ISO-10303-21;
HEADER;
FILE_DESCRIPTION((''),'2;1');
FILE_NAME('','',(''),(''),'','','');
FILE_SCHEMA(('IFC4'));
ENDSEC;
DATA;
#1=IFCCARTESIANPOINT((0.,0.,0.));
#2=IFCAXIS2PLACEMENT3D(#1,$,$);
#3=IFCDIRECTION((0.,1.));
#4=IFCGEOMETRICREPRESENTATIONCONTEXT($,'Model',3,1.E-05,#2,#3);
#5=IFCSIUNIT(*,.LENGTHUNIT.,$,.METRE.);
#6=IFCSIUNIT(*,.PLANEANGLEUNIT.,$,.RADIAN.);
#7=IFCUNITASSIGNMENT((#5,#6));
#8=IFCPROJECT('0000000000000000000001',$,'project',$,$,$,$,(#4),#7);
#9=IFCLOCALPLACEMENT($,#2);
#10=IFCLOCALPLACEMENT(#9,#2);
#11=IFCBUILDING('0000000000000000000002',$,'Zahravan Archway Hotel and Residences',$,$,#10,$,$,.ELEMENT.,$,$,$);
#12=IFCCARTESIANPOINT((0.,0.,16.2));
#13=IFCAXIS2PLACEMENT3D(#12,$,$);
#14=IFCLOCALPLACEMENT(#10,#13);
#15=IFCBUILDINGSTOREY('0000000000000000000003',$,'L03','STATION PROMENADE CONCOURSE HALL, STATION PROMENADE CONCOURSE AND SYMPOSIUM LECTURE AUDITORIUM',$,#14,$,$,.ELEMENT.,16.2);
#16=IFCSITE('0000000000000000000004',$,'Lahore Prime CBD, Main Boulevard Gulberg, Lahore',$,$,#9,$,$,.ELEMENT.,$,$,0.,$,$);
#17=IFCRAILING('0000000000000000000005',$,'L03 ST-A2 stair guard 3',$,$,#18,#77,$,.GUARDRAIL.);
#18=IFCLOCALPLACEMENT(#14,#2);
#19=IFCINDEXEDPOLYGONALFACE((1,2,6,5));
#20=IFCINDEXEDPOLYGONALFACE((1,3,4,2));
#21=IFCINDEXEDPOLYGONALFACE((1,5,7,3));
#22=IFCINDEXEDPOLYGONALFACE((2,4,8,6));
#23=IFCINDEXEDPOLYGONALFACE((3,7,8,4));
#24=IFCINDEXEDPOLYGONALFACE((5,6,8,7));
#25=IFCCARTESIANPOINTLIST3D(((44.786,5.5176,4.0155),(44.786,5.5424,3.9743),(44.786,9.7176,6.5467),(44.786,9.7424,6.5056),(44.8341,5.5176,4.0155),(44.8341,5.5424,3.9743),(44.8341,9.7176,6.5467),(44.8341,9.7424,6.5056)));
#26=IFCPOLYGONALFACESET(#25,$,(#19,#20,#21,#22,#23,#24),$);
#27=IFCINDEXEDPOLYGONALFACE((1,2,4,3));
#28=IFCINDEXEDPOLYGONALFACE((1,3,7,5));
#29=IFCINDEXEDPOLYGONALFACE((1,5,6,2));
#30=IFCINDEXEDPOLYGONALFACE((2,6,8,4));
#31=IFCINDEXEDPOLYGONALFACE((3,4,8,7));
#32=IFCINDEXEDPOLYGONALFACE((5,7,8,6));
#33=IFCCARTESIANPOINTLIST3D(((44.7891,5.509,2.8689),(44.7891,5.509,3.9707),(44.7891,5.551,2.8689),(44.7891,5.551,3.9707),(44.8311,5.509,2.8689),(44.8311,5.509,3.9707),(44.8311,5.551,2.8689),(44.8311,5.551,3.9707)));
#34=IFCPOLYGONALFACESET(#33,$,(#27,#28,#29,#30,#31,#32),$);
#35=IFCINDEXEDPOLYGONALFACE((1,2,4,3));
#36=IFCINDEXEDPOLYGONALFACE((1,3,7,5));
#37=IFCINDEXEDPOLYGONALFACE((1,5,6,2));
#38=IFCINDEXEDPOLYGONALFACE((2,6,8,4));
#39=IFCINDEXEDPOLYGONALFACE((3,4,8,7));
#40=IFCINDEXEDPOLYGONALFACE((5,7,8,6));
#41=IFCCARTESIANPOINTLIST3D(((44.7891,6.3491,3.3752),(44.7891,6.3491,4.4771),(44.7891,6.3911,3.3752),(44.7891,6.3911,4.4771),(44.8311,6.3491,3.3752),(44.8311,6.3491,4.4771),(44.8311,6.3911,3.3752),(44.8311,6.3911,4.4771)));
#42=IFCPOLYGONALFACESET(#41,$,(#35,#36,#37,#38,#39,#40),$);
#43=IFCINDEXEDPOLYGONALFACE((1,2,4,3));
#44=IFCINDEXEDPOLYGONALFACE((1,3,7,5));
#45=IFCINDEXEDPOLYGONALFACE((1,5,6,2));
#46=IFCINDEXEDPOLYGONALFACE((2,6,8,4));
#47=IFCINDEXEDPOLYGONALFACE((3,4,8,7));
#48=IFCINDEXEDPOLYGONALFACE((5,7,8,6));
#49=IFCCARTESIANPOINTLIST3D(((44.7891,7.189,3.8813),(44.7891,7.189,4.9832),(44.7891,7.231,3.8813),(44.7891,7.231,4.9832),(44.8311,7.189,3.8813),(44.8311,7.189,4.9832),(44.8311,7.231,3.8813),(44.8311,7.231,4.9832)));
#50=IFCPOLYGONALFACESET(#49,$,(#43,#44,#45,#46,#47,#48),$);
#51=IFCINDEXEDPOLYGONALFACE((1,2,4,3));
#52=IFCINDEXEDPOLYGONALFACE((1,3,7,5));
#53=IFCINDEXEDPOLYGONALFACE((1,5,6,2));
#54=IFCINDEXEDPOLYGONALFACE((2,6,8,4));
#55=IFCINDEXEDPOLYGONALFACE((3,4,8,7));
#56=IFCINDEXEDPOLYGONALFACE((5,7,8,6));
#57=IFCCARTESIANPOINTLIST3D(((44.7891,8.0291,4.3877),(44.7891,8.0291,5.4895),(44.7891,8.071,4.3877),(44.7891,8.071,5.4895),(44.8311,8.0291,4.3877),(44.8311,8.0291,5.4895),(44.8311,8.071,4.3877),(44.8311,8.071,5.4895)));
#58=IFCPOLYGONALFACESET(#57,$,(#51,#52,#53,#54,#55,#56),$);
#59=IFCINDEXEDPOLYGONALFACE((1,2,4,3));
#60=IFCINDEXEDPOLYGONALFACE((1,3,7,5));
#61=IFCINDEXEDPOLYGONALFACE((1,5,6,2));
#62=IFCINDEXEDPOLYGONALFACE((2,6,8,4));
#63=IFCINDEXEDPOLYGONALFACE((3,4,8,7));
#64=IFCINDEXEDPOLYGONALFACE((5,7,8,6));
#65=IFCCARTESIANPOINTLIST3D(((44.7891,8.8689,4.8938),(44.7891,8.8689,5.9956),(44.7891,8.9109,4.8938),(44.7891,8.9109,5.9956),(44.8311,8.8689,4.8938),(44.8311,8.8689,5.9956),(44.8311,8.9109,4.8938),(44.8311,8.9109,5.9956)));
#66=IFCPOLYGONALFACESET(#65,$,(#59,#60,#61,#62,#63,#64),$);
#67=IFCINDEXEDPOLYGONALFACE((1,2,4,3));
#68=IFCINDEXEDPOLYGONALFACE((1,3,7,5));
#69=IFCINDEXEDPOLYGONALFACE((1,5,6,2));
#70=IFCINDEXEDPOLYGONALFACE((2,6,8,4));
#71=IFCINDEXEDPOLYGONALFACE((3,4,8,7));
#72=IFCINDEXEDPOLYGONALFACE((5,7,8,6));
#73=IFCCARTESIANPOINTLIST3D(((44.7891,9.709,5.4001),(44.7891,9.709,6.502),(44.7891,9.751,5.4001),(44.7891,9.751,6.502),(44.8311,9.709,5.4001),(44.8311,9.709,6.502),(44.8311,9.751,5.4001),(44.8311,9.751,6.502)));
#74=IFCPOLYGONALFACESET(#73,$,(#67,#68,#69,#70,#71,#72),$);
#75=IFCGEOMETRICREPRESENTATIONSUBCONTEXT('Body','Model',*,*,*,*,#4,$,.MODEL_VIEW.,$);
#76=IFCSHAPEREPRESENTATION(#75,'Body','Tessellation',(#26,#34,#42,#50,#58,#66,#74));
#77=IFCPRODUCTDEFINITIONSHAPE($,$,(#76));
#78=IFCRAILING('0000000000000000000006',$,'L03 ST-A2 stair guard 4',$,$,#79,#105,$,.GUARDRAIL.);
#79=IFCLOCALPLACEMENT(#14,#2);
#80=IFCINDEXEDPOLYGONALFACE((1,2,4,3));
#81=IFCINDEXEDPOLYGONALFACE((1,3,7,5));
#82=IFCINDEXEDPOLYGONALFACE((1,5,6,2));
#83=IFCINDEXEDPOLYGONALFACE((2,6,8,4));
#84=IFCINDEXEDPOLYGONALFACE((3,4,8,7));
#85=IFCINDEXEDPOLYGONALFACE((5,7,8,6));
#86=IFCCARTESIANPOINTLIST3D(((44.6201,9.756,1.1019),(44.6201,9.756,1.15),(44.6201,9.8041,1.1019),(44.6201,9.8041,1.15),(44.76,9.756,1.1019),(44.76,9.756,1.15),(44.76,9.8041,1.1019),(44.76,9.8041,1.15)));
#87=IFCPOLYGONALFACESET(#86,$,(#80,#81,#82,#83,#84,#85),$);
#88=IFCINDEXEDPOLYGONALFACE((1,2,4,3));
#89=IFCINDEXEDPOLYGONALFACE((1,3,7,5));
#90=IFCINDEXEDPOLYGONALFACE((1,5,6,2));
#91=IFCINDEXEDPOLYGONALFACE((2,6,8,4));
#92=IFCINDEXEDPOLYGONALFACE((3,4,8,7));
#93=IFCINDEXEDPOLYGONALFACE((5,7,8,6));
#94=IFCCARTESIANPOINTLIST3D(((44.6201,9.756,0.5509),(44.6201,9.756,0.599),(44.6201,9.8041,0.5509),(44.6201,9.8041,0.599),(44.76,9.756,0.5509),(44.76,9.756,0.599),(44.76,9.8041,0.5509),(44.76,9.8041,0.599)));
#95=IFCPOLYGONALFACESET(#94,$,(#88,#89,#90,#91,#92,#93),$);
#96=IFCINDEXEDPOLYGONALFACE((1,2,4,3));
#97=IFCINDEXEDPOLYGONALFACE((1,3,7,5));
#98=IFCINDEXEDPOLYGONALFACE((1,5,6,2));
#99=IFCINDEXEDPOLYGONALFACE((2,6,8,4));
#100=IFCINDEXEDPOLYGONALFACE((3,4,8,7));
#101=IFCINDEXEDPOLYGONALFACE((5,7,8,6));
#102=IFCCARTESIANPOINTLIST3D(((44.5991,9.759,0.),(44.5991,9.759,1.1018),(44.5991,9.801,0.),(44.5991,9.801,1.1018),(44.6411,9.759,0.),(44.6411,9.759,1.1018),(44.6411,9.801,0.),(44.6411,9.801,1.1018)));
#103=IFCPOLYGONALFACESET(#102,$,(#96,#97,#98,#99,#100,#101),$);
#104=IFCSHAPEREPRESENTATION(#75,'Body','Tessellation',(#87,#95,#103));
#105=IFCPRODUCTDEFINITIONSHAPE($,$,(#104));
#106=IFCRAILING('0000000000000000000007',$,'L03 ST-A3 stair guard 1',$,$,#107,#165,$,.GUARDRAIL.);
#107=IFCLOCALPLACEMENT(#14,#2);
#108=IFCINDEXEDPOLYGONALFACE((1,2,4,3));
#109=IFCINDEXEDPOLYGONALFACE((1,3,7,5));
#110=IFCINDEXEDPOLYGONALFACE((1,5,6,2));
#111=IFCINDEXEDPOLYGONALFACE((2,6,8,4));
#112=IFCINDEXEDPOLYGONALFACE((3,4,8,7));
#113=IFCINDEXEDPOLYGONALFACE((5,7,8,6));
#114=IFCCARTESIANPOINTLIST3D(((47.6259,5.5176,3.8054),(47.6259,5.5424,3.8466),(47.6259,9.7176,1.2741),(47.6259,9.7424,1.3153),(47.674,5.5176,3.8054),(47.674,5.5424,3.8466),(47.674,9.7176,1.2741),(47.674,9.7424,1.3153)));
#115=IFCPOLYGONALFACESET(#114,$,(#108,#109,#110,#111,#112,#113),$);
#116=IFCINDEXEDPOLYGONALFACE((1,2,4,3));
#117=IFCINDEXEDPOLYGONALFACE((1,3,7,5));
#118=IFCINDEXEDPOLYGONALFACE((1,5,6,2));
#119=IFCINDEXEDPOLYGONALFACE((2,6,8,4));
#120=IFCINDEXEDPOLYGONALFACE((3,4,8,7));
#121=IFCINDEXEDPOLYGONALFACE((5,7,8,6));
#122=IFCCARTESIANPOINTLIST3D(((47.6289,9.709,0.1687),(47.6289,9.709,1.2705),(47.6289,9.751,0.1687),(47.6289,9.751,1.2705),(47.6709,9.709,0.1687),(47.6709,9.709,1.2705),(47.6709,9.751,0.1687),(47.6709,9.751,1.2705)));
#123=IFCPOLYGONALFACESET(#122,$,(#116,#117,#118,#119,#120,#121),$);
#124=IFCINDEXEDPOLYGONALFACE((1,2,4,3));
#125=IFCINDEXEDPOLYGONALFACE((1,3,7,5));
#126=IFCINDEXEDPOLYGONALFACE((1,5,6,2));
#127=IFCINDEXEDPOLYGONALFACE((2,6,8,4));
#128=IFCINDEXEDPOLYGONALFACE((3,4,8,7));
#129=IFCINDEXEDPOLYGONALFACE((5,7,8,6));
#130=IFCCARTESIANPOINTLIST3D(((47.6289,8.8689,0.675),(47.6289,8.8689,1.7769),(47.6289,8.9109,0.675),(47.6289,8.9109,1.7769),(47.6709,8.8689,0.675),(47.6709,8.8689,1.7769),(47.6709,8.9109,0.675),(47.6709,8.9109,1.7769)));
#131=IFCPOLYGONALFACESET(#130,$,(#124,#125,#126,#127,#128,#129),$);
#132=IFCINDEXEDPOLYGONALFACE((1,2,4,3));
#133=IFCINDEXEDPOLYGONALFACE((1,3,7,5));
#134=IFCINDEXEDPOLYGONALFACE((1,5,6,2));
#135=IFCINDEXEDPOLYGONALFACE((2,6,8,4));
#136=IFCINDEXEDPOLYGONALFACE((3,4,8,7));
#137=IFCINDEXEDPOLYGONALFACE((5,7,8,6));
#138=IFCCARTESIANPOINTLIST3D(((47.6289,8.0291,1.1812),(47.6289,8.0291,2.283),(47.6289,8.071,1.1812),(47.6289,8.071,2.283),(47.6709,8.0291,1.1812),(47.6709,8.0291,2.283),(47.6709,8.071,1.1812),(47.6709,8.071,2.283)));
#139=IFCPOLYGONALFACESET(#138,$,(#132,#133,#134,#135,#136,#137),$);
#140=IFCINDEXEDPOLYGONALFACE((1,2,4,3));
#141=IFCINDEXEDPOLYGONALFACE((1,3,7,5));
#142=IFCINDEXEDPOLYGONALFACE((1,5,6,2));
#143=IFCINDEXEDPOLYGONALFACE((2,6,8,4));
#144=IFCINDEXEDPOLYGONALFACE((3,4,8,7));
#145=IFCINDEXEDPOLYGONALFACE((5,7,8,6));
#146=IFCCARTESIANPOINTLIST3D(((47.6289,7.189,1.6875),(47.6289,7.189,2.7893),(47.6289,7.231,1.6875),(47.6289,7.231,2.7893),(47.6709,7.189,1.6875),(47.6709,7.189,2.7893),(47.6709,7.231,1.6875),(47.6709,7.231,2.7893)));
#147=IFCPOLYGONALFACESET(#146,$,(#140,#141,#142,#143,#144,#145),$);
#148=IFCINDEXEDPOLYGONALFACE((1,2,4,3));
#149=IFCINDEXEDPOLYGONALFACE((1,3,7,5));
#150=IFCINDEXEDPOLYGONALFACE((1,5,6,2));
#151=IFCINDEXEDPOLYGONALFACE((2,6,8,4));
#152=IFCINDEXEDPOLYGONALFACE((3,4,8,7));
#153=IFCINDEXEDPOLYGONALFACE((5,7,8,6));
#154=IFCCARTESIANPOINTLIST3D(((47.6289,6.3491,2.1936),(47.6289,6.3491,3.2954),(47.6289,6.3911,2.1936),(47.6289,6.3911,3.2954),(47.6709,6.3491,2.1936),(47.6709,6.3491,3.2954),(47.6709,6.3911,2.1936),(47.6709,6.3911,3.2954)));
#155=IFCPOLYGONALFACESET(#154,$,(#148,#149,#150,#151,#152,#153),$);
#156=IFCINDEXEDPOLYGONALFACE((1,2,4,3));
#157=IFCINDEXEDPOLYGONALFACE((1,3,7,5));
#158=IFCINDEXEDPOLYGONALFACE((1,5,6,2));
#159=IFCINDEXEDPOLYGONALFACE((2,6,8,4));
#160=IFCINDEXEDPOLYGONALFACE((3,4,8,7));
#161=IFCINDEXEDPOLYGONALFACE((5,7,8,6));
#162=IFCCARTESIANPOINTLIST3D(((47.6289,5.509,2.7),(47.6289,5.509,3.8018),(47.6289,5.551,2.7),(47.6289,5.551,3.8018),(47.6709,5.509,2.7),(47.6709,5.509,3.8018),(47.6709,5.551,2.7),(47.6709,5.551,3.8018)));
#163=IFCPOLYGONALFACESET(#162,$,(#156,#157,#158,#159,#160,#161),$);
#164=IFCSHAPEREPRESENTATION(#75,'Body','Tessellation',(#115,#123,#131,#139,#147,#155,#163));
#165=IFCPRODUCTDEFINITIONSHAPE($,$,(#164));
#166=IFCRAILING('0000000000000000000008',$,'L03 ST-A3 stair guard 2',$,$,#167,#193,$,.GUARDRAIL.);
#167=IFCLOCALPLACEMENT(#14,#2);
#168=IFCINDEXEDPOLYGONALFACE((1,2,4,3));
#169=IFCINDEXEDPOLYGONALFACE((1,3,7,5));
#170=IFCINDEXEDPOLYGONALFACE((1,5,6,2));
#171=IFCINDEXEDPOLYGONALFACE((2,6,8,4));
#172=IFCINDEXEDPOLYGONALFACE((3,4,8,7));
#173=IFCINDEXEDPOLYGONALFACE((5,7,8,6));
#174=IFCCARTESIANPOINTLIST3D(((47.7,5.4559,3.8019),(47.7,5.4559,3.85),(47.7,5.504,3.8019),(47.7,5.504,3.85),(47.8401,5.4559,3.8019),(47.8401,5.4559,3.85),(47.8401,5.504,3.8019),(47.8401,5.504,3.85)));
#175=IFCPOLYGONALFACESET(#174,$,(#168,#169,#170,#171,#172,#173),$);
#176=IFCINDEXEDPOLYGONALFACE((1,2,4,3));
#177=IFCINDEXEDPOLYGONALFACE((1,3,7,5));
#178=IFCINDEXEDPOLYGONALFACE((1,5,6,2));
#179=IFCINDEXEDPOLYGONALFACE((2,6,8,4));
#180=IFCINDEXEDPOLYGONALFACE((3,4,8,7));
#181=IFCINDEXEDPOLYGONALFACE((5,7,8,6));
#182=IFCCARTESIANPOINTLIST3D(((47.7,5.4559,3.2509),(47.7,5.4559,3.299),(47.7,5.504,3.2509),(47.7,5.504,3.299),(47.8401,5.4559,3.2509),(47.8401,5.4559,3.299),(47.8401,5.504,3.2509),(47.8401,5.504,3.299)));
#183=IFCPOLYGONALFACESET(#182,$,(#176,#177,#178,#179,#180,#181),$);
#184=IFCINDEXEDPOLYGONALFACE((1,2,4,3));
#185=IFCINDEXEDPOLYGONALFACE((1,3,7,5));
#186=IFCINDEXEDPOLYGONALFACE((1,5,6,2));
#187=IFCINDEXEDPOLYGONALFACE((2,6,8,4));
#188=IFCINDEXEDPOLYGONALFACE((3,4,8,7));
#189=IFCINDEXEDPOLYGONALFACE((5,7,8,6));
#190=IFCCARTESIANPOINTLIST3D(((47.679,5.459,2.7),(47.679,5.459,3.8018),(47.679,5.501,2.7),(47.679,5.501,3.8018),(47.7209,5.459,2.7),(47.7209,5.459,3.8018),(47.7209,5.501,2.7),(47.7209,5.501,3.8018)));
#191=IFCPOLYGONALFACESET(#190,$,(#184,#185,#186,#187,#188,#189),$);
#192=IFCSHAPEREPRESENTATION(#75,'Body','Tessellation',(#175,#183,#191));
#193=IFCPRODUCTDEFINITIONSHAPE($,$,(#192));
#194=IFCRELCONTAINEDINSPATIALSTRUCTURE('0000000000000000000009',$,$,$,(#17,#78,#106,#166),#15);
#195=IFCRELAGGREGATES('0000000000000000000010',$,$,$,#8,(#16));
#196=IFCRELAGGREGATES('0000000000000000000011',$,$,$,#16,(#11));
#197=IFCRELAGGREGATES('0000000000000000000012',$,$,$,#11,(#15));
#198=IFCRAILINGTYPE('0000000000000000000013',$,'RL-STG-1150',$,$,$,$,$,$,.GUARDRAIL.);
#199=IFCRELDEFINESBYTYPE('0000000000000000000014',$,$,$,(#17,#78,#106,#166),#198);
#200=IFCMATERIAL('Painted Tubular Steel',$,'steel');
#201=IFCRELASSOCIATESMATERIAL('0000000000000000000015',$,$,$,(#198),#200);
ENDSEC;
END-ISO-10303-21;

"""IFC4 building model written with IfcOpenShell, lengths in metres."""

from ifc_helpers import new_model, si_unit, direction, frame, origin, origin_2d, place, context, subcontext, project, spatial, rectangle, extrude, material, type_object, element, save


model = new_model("IFC4")

# Units and contexts
model_context = context("Model", 3, precision=1e-05, world=origin(), true_north=direction((0.0, 1.0)))
body_context = subcontext(model_context, "Body", "Model", "MODEL_VIEW")
ifc_project = project(units=[si_unit("LENGTHUNIT", "METRE"), si_unit("PLANEANGLEUNIT", "RADIAN")], contexts=[model_context])

# Site, building, storey
site_placement = place(None, origin())
site = spatial("IfcSite", under=ifc_project, at=site_placement, Name="Lahore Prime CBD, Main Boulevard Gulberg, Lahore", CompositionType="ELEMENT", RefElevation=0.0)
building_placement = place(site_placement, origin())
building = spatial("IfcBuilding", under=site, at=building_placement, Name="Zahravan Archway Hotel and Residences", CompositionType="ELEMENT")
storey_placement = place(building_placement, frame((0.0, 0.0, 16.2)))
storey = spatial("IfcBuildingStorey", under=building, at=storey_placement, Name="L03", Description="STATION PROMENADE CONCOURSE HALL, STATION PROMENADE CONCOURSE AND SYMPOSIUM LECTURE AUDITORIUM", CompositionType="ELEMENT", Elevation=16.2)

# Railings
ifc_material_1 = material(Name="Painted Tubular Steel", Category="steel")
railing_type_1 = type_object("IfcRailingType", Name="RL-STG-1150", PredefinedType="GUARDRAIL", material=ifc_material_1)
railing_1_placement = place(storey_placement, frame((44.8101, 5.53, 2.8689)))
element("IfcRailing", 1, at=railing_1_placement, inside=storey, type_object=railing_type_1, Name="L03 ST-A2 stair guard 3", PredefinedType="GUARDRAIL", context=body_context, shape_type="SweptSolid", body=[
    extrude(rectangle(XDim=0.0481, YDim=0.0481, at=origin_2d()), frame((0.0, 0.0, 1.126), z_axis=(0.0, 0.856476, 0.516186), x_axis=(-1.0, 0.0, 0.0)), (0.0, 0.0, 1.0), 4.9038),
    extrude(rectangle(XDim=0.042, YDim=0.042, at=origin_2d()), origin(), (0.0, 0.0, 1.0), 1.1018),
    extrude(rectangle(XDim=0.042, YDim=0.042, at=origin_2d()), frame((0.0, 0.8401, 0.5063)), (0.0, 0.0, 1.0), 1.1018),
    extrude(rectangle(XDim=0.042, YDim=0.042, at=origin_2d()), frame((0.0, 1.6799, 1.0125)), (0.0, 0.0, 1.0), 1.1018),
    extrude(rectangle(XDim=0.042, YDim=0.042, at=origin_2d()), frame((0.0, 2.52, 1.5188)), (0.0, 0.0, 1.0), 1.1018),
    extrude(rectangle(XDim=0.042, YDim=0.042, at=origin_2d()), frame((0.0, 3.3599, 2.0249)), (0.0, 0.0, 1.0), 1.1018),
    extrude(rectangle(XDim=0.042, YDim=0.042, at=origin_2d()), frame((0.0, 4.2, 2.5312)), (0.0, 0.0, 1.0), 1.1018),
])
railing_2_placement = place(storey_placement, frame((44.6201, 9.78, 0.0)))
element("IfcRailing", 2, at=railing_2_placement, inside=storey, type_object=railing_type_1, Name="L03 ST-A2 stair guard 4", PredefinedType="GUARDRAIL", context=body_context, shape_type="SweptSolid", body=[
    extrude(rectangle(XDim=0.0481, YDim=0.0481, at=origin_2d()), frame((0.0, 0.0, 1.126), z_axis=(1.0, 0.0, 0.0), x_axis=(0.0, 1.0, 0.0)), (0.0, 0.0, 1.0), 0.1399),
    extrude(rectangle(XDim=0.0481, YDim=0.0481, at=origin_2d()), frame((0.0, 0.0, 0.575), z_axis=(1.0, 0.0, 0.0), x_axis=(0.0, 1.0, 0.0)), (0.0, 0.0, 1.0), 0.1399),
    extrude(rectangle(XDim=0.042, YDim=0.042, at=origin_2d()), origin(), (0.0, 0.0, 1.0), 1.1018),
])
railing_3_placement = place(storey_placement, frame((47.6499, 9.73, 0.1687)))
element("IfcRailing", 3, at=railing_3_placement, inside=storey, type_object=railing_type_1, Name="L03 ST-A3 stair guard 1", PredefinedType="GUARDRAIL", context=body_context, shape_type="SweptSolid", body=[
    extrude(rectangle(XDim=0.0481, YDim=0.0481, at=origin_2d()), frame((0.0, 0.0, 1.126), z_axis=(0.0, -0.856476, 0.516186), x_axis=(1.0, 0.0, 0.0)), (0.0, 0.0, 1.0), 4.9038),
    extrude(rectangle(XDim=0.042, YDim=0.042, at=origin_2d()), origin(), (0.0, 0.0, 1.0), 1.1018),
    extrude(rectangle(XDim=0.042, YDim=0.042, at=origin_2d()), frame((0.0, -0.8401, 0.5063)), (0.0, 0.0, 1.0), 1.1018),
    extrude(rectangle(XDim=0.042, YDim=0.042, at=origin_2d()), frame((0.0, -1.6799, 1.0125)), (0.0, 0.0, 1.0), 1.1018),
    extrude(rectangle(XDim=0.042, YDim=0.042, at=origin_2d()), frame((0.0, -2.52, 1.5188)), (0.0, 0.0, 1.0), 1.1018),
    extrude(rectangle(XDim=0.042, YDim=0.042, at=origin_2d()), frame((0.0, -3.3599, 2.0249)), (0.0, 0.0, 1.0), 1.1018),
    extrude(rectangle(XDim=0.042, YDim=0.042, at=origin_2d()), frame((0.0, -4.2, 2.5312)), (0.0, 0.0, 1.0), 1.1018),
])
railing_4_placement = place(storey_placement, frame((47.7, 5.48, 2.7)))
element("IfcRailing", 4, at=railing_4_placement, inside=storey, type_object=railing_type_1, Name="L03 ST-A3 stair guard 2", PredefinedType="GUARDRAIL", context=body_context, shape_type="SweptSolid", body=[
    extrude(rectangle(XDim=0.0481, YDim=0.0481, at=origin_2d()), frame((0.0, 0.0, 1.126), z_axis=(1.0, 0.0, 0.0), x_axis=(0.0, 1.0, 0.0)), (0.0, 0.0, 1.0), 0.1401),
    extrude(rectangle(XDim=0.0481, YDim=0.0481, at=origin_2d()), frame((0.0, 0.0, 0.575), z_axis=(1.0, 0.0, 0.0), x_axis=(0.0, 1.0, 0.0)), (0.0, 0.0, 1.0), 0.1401),
    extrude(rectangle(XDim=0.042, YDim=0.042, at=origin_2d()), origin(), (0.0, 0.0, 1.0), 1.1018),
])

save(model, "model.ifc")
